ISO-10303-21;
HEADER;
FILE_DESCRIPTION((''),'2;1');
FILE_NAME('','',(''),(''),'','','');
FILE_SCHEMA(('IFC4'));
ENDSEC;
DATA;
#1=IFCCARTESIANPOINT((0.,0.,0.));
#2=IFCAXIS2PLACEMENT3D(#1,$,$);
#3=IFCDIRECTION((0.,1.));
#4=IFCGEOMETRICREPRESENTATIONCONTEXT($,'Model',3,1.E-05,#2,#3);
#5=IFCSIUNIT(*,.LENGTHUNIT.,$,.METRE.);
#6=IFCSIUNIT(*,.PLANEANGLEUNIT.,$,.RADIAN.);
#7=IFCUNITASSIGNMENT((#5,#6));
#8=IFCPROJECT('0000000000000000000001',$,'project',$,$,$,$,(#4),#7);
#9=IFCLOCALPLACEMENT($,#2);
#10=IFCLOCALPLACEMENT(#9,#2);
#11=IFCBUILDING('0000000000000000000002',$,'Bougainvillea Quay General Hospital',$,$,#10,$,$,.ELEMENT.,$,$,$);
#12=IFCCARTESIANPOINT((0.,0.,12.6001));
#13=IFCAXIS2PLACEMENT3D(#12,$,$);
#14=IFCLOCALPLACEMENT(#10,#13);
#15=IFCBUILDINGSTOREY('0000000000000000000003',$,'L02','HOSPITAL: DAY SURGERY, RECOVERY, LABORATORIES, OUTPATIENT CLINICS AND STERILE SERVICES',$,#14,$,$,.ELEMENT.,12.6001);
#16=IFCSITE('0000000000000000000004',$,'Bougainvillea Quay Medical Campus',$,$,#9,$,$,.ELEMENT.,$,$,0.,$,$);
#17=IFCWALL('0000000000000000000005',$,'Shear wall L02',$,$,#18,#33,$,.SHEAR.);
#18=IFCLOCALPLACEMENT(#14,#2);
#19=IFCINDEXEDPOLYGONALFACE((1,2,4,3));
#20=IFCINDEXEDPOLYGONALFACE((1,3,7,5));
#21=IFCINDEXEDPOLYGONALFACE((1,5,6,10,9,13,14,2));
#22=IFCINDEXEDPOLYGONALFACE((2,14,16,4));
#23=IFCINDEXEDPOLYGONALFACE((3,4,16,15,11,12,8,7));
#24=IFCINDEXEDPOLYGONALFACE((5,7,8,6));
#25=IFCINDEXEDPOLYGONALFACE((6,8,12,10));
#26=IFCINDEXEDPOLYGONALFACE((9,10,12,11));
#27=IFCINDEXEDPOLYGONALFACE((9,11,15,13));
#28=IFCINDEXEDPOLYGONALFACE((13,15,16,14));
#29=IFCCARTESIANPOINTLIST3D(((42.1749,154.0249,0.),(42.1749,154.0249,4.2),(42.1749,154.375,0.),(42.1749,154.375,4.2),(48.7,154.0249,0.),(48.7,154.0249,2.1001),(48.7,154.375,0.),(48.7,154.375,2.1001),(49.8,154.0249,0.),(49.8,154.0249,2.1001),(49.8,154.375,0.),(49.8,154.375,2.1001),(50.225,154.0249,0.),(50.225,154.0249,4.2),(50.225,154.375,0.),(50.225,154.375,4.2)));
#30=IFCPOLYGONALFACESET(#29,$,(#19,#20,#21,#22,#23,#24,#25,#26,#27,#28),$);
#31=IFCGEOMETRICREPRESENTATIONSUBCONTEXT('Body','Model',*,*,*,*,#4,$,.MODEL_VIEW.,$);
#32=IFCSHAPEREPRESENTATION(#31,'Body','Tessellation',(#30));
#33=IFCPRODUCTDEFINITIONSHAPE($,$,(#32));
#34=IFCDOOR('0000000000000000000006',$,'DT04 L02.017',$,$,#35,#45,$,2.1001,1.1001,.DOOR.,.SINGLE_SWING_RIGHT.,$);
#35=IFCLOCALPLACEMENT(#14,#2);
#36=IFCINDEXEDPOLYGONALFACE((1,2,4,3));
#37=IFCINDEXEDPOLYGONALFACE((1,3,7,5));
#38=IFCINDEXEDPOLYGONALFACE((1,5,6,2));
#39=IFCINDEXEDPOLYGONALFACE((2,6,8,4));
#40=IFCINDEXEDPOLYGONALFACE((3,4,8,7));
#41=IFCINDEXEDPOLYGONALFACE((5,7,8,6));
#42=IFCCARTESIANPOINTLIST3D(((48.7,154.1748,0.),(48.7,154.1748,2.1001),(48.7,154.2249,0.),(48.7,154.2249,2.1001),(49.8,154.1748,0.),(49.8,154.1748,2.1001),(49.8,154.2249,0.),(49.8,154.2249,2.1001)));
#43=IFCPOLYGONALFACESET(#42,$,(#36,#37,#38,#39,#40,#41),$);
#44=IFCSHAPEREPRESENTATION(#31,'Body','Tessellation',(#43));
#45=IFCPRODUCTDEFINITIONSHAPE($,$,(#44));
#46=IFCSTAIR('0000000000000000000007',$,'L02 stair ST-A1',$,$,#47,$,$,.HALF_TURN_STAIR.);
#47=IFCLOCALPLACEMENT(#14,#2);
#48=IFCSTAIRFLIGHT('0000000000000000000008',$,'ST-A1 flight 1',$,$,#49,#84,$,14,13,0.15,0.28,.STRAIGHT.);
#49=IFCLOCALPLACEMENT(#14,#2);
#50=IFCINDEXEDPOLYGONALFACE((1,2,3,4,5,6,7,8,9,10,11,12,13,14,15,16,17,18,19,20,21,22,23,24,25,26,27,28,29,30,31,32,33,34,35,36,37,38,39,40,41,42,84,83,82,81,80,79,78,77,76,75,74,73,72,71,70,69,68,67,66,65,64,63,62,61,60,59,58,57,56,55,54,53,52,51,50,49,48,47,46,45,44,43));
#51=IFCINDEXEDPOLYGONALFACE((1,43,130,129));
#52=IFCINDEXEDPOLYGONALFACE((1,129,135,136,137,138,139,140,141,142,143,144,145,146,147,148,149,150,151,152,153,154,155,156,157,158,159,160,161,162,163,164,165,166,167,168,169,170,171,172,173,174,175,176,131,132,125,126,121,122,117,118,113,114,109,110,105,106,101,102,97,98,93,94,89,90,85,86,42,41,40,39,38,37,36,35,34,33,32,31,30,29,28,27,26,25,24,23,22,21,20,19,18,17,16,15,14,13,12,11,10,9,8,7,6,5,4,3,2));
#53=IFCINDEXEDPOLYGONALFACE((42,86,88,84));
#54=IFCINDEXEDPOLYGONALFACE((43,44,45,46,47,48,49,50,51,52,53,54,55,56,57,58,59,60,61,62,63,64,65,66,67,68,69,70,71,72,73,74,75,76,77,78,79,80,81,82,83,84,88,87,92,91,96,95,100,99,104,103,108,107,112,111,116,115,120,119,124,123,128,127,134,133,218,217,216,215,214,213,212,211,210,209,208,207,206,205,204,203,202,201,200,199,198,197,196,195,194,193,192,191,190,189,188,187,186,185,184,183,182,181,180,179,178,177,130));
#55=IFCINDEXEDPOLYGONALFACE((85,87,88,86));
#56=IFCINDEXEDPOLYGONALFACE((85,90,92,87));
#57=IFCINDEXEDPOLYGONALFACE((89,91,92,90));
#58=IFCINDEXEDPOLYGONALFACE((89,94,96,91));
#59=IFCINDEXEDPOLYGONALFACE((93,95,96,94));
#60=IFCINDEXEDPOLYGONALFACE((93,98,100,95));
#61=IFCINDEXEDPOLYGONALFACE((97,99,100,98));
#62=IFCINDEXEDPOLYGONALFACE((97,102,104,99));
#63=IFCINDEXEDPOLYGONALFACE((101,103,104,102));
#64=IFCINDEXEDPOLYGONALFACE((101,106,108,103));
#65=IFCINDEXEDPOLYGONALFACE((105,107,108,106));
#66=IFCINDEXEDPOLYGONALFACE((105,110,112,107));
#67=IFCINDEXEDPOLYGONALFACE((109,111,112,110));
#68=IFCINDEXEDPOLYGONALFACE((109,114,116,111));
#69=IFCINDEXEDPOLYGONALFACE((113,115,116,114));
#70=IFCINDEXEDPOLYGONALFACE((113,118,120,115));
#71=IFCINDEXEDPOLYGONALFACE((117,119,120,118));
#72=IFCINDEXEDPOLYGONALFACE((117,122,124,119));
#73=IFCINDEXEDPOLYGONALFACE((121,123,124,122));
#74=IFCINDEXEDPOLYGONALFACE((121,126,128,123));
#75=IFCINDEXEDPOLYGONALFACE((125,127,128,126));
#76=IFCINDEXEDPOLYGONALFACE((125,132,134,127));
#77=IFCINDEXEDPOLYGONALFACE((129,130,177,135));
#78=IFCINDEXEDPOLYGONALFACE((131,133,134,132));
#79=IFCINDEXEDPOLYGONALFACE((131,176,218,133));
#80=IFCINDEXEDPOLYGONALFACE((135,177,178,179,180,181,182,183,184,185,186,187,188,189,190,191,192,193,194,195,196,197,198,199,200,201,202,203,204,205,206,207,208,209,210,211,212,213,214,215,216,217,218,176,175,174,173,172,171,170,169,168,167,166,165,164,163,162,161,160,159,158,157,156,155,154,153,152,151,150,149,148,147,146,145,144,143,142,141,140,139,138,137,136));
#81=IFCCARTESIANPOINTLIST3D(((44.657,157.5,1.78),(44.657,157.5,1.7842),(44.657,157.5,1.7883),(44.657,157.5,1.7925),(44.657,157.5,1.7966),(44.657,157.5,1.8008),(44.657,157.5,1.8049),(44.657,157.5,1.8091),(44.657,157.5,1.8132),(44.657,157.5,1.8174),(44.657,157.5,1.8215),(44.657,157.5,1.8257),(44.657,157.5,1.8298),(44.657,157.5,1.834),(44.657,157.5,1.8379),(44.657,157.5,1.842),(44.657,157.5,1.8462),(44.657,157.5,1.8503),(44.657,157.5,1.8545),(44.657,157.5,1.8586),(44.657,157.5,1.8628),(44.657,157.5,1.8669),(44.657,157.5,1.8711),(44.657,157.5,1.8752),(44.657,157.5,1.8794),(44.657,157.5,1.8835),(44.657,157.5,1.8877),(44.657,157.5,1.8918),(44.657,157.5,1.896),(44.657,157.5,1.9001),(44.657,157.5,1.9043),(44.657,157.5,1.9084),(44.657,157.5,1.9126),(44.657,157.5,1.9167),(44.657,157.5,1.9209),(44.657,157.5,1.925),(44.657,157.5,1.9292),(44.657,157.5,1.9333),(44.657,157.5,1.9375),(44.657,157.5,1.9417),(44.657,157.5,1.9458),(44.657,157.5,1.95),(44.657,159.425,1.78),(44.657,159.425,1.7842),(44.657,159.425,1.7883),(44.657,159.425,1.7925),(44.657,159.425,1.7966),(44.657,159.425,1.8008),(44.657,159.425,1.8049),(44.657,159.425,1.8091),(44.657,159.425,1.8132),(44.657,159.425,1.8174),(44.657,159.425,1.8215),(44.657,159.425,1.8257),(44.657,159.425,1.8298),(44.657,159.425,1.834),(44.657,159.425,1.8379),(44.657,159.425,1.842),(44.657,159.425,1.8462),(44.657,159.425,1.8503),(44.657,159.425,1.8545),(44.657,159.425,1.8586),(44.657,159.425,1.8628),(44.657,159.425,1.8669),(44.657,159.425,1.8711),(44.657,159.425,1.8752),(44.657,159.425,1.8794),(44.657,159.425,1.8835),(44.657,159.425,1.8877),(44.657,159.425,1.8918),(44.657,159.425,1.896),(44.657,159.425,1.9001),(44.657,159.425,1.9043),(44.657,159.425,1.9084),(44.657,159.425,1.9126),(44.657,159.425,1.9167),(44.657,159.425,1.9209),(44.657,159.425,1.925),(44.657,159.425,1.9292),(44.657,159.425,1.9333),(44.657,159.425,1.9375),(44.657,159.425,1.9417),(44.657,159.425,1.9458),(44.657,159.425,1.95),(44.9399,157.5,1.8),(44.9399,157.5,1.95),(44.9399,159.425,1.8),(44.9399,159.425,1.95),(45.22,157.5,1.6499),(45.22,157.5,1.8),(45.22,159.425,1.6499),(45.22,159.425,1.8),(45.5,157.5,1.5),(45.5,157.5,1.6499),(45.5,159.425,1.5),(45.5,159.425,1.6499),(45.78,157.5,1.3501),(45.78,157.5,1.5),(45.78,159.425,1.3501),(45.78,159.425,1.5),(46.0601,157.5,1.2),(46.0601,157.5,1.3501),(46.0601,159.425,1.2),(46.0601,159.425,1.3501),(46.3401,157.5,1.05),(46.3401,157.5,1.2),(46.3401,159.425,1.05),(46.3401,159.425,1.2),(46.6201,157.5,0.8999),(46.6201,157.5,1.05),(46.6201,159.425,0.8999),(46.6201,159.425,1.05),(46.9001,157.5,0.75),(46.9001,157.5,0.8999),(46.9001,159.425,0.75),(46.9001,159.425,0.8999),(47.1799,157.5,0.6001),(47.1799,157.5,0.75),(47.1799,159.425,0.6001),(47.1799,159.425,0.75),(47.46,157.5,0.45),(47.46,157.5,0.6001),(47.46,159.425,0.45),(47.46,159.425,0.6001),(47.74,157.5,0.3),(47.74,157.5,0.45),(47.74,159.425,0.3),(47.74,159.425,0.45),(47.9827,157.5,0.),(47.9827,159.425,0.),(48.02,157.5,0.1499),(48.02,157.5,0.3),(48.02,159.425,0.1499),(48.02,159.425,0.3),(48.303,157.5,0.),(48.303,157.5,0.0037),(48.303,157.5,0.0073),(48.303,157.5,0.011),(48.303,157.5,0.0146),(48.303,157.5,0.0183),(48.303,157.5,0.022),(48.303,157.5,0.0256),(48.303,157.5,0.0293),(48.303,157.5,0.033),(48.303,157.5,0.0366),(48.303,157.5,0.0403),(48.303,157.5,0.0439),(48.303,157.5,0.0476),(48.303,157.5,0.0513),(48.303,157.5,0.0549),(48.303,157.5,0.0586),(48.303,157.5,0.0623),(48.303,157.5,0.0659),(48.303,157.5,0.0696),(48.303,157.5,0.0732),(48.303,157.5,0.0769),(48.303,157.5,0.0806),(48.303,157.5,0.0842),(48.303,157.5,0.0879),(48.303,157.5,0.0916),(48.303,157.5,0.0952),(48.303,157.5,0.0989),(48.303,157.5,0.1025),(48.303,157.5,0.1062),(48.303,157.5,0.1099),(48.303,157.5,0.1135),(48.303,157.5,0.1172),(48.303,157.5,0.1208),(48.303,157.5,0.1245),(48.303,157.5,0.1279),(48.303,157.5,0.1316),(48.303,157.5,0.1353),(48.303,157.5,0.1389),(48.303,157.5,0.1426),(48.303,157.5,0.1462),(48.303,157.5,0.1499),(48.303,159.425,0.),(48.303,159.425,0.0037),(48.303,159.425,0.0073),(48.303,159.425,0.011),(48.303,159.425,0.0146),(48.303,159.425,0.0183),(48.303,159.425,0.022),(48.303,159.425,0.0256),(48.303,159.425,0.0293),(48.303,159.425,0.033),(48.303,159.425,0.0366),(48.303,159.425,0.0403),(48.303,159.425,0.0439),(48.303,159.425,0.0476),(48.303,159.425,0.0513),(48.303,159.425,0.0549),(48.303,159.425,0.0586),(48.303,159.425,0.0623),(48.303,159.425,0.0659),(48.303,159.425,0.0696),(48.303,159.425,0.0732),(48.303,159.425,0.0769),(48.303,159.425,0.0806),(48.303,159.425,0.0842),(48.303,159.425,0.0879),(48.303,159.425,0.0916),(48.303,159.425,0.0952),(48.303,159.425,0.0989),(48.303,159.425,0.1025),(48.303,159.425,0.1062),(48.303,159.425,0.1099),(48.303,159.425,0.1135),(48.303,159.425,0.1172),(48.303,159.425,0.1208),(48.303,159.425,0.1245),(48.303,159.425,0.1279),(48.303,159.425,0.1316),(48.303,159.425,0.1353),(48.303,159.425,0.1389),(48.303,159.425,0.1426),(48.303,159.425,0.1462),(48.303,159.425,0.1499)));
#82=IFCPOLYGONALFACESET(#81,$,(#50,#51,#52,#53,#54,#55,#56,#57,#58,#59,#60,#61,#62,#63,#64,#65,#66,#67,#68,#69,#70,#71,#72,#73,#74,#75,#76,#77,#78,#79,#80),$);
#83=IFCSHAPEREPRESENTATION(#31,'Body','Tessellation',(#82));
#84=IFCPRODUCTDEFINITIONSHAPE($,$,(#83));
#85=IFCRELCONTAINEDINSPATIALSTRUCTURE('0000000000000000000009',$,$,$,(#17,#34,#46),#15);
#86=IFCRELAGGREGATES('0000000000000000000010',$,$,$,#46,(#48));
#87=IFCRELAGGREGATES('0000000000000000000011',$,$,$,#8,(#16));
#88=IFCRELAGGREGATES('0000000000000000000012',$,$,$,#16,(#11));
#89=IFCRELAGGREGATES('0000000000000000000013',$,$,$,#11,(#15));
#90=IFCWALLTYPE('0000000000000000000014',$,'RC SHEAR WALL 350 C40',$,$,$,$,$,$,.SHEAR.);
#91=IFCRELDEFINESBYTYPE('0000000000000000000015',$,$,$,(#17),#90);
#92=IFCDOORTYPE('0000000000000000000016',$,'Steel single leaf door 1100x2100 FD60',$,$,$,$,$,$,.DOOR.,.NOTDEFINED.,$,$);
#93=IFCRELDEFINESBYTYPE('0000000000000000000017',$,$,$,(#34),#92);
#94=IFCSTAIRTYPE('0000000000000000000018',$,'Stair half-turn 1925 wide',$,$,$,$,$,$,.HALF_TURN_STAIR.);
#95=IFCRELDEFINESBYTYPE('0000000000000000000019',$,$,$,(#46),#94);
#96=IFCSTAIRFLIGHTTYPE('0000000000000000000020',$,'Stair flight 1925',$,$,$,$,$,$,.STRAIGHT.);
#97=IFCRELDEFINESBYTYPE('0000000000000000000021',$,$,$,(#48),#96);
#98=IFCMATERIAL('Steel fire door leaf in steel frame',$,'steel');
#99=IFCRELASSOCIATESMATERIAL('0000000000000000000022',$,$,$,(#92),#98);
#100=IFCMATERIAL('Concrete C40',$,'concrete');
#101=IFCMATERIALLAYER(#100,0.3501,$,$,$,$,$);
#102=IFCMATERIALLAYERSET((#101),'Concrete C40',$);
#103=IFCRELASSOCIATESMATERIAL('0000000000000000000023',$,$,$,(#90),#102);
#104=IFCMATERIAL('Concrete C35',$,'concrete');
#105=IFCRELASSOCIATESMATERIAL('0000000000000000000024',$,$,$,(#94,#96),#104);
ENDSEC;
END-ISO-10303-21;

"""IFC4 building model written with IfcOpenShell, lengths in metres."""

from ifc_helpers import new_model, si_unit, direction, frame, frame_2d, origin, place, context, subcontext, project, spatial, polyline, rectangle, outline, extrude, material, layer, layer_set, type_object, element, fill, aggregate, save


model = new_model("IFC4")

# Units and contexts
model_context = context("Model", 3, precision=1e-05, world=origin(), true_north=direction((0.0, 1.0)))
body_context = subcontext(model_context, "Body", "Model", "MODEL_VIEW")
ifc_project = project(units=[si_unit("LENGTHUNIT", "METRE"), si_unit("PLANEANGLEUNIT", "RADIAN")], contexts=[model_context])

# Site, building, storey
site_placement = place(None, origin())
site = spatial("IfcSite", under=ifc_project, at=site_placement, Name="Bougainvillea Quay Medical Campus", CompositionType="ELEMENT", RefElevation=0.0)
building_placement = place(site_placement, origin())
building = spatial("IfcBuilding", under=site, at=building_placement, Name="Bougainvillea Quay General Hospital", CompositionType="ELEMENT")
storey_placement = place(building_placement, frame((0.0, 0.0, 12.6001)))
storey = spatial("IfcBuildingStorey", under=building, at=storey_placement, Name="L02", Description="HOSPITAL: DAY SURGERY, RECOVERY, LABORATORIES, OUTPATIENT CLINICS AND STERILE SERVICES", CompositionType="ELEMENT", Elevation=12.6001)

# Shared definitions
ifc_material_1 = material(Name="Concrete C40", Category="concrete")

# Shared definitions
ifc_material_2 = material(Name="Steel fire door leaf in steel frame", Category="steel")
door_type = type_object("IfcDoorType", Name="Steel single leaf door 1100x2100 FD60", OperationType="NOTDEFINED", PredefinedType="DOOR", material=ifc_material_2)

# Shared definitions
ifc_layer_1 = layer(ifc_material_1, 0.3501)
ifc_layer_set_1 = layer_set([ifc_layer_1], Name="Concrete C40")
wall_type_1 = type_object("IfcWallType", Name="RC SHEAR WALL 350 C40", PredefinedType="SHEAR", material=ifc_layer_set_1)

# Wall, opening, door
wall_1_placement = place(storey_placement, frame((42.175, 154.2, 0.0), z_axis=(0.0, 0.0, 1.0), x_axis=(1.0, 0.0, 0.0)))
wall_1 = element("IfcWall", 1, at=wall_1_placement, inside=storey, type_object=wall_type_1, Name="Shear wall L02", PredefinedType="SHEAR", context=body_context, shape_type="SweptSolid", body=[
    extrude(rectangle(XDim=8.05, YDim=0.3501, at=frame_2d((4.0249, 0.0))), origin(), (0.0, 0.0, 1.0), 4.2),
])
opening_1_placement = place(wall_1_placement, frame((6.5249, 0.0, 0.0)))
opening_1 = element("IfcOpeningElement", 2, at=opening_1_placement, cuts=wall_1, PredefinedType="OPENING", context=body_context, shape_type="SweptSolid", body=[
    extrude(rectangle(XDim=1.1001, YDim=2.1001, at=frame_2d((0.55, 1.05))), frame((0.0, 0.1851, 0.0), z_axis=(0.0, -1.0, 0.0), x_axis=(1.0, 0.0, 0.0)), (0.0, 0.0, 1.0), 0.3701),
])
door_1_placement = place(opening_1_placement, origin())
door_1 = element("IfcDoor", 3, at=door_1_placement, inside=storey, type_object=door_type, Name="DT04 L02.017", OperationType="SINGLE_SWING_RIGHT", OverallHeight=2.1001, OverallWidth=1.1001, PredefinedType="DOOR", context=body_context, shape_type="SweptSolid", body=[
    extrude(rectangle(XDim=1.1001, YDim=2.1001, at=frame_2d((0.55, 1.05))), frame((0.0, 0.0249, 0.0), z_axis=(0.0, -1.0, 0.0), x_axis=(1.0, 0.0, 0.0)), (0.0, 0.0, 1.0), 0.05),
])
fill(opening_1, door_1)

# Stair, stair flight
ifc_material_3 = material(Name="Concrete C35", Category="concrete")
stair_type = type_object("IfcStairType", Name="Stair half-turn 1925 wide", PredefinedType="HALF_TURN_STAIR", material=ifc_material_3)
stair_placement = place(storey_placement, origin())
stair = element("IfcStair", 4, at=stair_placement, inside=storey, type_object=stair_type, Name="L02 stair ST-A1", PredefinedType="HALF_TURN_STAIR")
stair_flight_type = type_object("IfcStairFlightType", Name="Stair flight 1925", PredefinedType="STRAIGHT", material=ifc_material_3)
stair_flight_1_placement = place(storey_placement, frame((48.3, 158.4624, 0.0), z_axis=(0.0, 0.0, 1.0), x_axis=(-1.0, 0.0, 0.0)))
stair_flight_1 = element("IfcStairFlight", 5, at=stair_flight_1_placement, type_object=stair_flight_type, Name="ST-A1 flight 1", NumberOfRisers=14, NumberOfTreads=13, PredefinedType="STRAIGHT", RiserHeight=0.15, TreadLength=0.28, context=body_context, shape_type="SweptSolid", body=[
    extrude(outline(polyline([(-0.0029, 0.0), (-0.0029, 0.0037), (-0.0029, 0.0073), (-0.0029, 0.011), (-0.0029, 0.0146), (-0.0029, 0.0183), (-0.0029, 0.022), (-0.0029, 0.0256), (-0.0029, 0.0293), (-0.0029, 0.033), (-0.0029, 0.0366), (-0.0029, 0.0403), (-0.0029, 0.0439), (-0.0029, 0.0476), (-0.0029, 0.0513), (-0.0029, 0.0549), (-0.0029, 0.0586), (-0.0029, 0.0623), (-0.0029, 0.0659), (-0.0029, 0.0696), (-0.0029, 0.0732), (-0.0029, 0.0769), (-0.0029, 0.0806), (-0.0029, 0.0842), (-0.0029, 0.0879), (-0.0029, 0.0916), (-0.0029, 0.0952), (-0.0029, 0.0989), (-0.0029, 0.1025), (-0.0029, 0.1062), (-0.0029, 0.1099), (-0.0029, 0.1135), (-0.0029, 0.1172), (-0.0029, 0.1208), (-0.0029, 0.1245), (-0.0029, 0.1279), (-0.0029, 0.1316), (-0.0029, 0.1353), (-0.0029, 0.1389), (-0.0029, 0.1426), (-0.0029, 0.1462), (-0.0029, 0.1499), (0.28, 0.1499), (0.28, 0.3), (0.5601, 0.3), (0.5601, 0.45), (0.8401, 0.45), (0.8401, 0.6001), (1.1201, 0.6001), (1.1201, 0.75), (1.3999, 0.75), (1.3999, 0.8999), (1.6799, 0.8999), (1.6799, 1.05), (1.96, 1.05), (1.96, 1.2), (2.24, 1.2), (2.24, 1.3501), (2.52, 1.3501), (2.52, 1.5), (2.8, 1.5), (2.8, 1.6499), (3.0801, 1.6499), (3.0801, 1.8), (3.3601, 1.8), (3.3601, 1.95), (3.6431, 1.95), (3.6431, 1.9458), (3.6431, 1.9417), (3.6431, 1.9375), (3.6431, 1.9333), (3.6431, 1.9292), (3.6431, 1.925), (3.6431, 1.9209), (3.6431, 1.9167), (3.6431, 1.9126), (3.6431, 1.9084), (3.6431, 1.9043), (3.6431, 1.9001), (3.6431, 1.896), (3.6431, 1.8918), (3.6431, 1.8877), (3.6431, 1.8835), (3.6431, 1.8794), (3.6431, 1.8752), (3.6431, 1.8711), (3.6431, 1.8669), (3.6431, 1.8628), (3.6431, 1.8586), (3.6431, 1.8545), (3.6431, 1.8503), (3.6431, 1.8462), (3.6431, 1.842), (3.6431, 1.8379), (3.6431, 1.834), (3.6431, 1.8298), (3.6431, 1.8257), (3.6431, 1.8215), (3.6431, 1.8174), (3.6431, 1.8132), (3.6431, 1.8091), (3.6431, 1.8049), (3.6431, 1.8008), (3.6431, 1.7966), (3.6431, 1.7925), (3.6431, 1.7883), (3.6431, 1.7842), (3.6431, 1.78), (0.3174, 0.0), (-0.0029, 0.0)])), frame((0.0, 0.9624, 0.0), z_axis=(0.0, -1.0, 0.0), x_axis=(1.0, 0.0, 0.0)), (0.0, 0.0, 1.0), 1.925),
])
aggregate(stair, [stair_flight_1])

save(model, "model.ifc")
